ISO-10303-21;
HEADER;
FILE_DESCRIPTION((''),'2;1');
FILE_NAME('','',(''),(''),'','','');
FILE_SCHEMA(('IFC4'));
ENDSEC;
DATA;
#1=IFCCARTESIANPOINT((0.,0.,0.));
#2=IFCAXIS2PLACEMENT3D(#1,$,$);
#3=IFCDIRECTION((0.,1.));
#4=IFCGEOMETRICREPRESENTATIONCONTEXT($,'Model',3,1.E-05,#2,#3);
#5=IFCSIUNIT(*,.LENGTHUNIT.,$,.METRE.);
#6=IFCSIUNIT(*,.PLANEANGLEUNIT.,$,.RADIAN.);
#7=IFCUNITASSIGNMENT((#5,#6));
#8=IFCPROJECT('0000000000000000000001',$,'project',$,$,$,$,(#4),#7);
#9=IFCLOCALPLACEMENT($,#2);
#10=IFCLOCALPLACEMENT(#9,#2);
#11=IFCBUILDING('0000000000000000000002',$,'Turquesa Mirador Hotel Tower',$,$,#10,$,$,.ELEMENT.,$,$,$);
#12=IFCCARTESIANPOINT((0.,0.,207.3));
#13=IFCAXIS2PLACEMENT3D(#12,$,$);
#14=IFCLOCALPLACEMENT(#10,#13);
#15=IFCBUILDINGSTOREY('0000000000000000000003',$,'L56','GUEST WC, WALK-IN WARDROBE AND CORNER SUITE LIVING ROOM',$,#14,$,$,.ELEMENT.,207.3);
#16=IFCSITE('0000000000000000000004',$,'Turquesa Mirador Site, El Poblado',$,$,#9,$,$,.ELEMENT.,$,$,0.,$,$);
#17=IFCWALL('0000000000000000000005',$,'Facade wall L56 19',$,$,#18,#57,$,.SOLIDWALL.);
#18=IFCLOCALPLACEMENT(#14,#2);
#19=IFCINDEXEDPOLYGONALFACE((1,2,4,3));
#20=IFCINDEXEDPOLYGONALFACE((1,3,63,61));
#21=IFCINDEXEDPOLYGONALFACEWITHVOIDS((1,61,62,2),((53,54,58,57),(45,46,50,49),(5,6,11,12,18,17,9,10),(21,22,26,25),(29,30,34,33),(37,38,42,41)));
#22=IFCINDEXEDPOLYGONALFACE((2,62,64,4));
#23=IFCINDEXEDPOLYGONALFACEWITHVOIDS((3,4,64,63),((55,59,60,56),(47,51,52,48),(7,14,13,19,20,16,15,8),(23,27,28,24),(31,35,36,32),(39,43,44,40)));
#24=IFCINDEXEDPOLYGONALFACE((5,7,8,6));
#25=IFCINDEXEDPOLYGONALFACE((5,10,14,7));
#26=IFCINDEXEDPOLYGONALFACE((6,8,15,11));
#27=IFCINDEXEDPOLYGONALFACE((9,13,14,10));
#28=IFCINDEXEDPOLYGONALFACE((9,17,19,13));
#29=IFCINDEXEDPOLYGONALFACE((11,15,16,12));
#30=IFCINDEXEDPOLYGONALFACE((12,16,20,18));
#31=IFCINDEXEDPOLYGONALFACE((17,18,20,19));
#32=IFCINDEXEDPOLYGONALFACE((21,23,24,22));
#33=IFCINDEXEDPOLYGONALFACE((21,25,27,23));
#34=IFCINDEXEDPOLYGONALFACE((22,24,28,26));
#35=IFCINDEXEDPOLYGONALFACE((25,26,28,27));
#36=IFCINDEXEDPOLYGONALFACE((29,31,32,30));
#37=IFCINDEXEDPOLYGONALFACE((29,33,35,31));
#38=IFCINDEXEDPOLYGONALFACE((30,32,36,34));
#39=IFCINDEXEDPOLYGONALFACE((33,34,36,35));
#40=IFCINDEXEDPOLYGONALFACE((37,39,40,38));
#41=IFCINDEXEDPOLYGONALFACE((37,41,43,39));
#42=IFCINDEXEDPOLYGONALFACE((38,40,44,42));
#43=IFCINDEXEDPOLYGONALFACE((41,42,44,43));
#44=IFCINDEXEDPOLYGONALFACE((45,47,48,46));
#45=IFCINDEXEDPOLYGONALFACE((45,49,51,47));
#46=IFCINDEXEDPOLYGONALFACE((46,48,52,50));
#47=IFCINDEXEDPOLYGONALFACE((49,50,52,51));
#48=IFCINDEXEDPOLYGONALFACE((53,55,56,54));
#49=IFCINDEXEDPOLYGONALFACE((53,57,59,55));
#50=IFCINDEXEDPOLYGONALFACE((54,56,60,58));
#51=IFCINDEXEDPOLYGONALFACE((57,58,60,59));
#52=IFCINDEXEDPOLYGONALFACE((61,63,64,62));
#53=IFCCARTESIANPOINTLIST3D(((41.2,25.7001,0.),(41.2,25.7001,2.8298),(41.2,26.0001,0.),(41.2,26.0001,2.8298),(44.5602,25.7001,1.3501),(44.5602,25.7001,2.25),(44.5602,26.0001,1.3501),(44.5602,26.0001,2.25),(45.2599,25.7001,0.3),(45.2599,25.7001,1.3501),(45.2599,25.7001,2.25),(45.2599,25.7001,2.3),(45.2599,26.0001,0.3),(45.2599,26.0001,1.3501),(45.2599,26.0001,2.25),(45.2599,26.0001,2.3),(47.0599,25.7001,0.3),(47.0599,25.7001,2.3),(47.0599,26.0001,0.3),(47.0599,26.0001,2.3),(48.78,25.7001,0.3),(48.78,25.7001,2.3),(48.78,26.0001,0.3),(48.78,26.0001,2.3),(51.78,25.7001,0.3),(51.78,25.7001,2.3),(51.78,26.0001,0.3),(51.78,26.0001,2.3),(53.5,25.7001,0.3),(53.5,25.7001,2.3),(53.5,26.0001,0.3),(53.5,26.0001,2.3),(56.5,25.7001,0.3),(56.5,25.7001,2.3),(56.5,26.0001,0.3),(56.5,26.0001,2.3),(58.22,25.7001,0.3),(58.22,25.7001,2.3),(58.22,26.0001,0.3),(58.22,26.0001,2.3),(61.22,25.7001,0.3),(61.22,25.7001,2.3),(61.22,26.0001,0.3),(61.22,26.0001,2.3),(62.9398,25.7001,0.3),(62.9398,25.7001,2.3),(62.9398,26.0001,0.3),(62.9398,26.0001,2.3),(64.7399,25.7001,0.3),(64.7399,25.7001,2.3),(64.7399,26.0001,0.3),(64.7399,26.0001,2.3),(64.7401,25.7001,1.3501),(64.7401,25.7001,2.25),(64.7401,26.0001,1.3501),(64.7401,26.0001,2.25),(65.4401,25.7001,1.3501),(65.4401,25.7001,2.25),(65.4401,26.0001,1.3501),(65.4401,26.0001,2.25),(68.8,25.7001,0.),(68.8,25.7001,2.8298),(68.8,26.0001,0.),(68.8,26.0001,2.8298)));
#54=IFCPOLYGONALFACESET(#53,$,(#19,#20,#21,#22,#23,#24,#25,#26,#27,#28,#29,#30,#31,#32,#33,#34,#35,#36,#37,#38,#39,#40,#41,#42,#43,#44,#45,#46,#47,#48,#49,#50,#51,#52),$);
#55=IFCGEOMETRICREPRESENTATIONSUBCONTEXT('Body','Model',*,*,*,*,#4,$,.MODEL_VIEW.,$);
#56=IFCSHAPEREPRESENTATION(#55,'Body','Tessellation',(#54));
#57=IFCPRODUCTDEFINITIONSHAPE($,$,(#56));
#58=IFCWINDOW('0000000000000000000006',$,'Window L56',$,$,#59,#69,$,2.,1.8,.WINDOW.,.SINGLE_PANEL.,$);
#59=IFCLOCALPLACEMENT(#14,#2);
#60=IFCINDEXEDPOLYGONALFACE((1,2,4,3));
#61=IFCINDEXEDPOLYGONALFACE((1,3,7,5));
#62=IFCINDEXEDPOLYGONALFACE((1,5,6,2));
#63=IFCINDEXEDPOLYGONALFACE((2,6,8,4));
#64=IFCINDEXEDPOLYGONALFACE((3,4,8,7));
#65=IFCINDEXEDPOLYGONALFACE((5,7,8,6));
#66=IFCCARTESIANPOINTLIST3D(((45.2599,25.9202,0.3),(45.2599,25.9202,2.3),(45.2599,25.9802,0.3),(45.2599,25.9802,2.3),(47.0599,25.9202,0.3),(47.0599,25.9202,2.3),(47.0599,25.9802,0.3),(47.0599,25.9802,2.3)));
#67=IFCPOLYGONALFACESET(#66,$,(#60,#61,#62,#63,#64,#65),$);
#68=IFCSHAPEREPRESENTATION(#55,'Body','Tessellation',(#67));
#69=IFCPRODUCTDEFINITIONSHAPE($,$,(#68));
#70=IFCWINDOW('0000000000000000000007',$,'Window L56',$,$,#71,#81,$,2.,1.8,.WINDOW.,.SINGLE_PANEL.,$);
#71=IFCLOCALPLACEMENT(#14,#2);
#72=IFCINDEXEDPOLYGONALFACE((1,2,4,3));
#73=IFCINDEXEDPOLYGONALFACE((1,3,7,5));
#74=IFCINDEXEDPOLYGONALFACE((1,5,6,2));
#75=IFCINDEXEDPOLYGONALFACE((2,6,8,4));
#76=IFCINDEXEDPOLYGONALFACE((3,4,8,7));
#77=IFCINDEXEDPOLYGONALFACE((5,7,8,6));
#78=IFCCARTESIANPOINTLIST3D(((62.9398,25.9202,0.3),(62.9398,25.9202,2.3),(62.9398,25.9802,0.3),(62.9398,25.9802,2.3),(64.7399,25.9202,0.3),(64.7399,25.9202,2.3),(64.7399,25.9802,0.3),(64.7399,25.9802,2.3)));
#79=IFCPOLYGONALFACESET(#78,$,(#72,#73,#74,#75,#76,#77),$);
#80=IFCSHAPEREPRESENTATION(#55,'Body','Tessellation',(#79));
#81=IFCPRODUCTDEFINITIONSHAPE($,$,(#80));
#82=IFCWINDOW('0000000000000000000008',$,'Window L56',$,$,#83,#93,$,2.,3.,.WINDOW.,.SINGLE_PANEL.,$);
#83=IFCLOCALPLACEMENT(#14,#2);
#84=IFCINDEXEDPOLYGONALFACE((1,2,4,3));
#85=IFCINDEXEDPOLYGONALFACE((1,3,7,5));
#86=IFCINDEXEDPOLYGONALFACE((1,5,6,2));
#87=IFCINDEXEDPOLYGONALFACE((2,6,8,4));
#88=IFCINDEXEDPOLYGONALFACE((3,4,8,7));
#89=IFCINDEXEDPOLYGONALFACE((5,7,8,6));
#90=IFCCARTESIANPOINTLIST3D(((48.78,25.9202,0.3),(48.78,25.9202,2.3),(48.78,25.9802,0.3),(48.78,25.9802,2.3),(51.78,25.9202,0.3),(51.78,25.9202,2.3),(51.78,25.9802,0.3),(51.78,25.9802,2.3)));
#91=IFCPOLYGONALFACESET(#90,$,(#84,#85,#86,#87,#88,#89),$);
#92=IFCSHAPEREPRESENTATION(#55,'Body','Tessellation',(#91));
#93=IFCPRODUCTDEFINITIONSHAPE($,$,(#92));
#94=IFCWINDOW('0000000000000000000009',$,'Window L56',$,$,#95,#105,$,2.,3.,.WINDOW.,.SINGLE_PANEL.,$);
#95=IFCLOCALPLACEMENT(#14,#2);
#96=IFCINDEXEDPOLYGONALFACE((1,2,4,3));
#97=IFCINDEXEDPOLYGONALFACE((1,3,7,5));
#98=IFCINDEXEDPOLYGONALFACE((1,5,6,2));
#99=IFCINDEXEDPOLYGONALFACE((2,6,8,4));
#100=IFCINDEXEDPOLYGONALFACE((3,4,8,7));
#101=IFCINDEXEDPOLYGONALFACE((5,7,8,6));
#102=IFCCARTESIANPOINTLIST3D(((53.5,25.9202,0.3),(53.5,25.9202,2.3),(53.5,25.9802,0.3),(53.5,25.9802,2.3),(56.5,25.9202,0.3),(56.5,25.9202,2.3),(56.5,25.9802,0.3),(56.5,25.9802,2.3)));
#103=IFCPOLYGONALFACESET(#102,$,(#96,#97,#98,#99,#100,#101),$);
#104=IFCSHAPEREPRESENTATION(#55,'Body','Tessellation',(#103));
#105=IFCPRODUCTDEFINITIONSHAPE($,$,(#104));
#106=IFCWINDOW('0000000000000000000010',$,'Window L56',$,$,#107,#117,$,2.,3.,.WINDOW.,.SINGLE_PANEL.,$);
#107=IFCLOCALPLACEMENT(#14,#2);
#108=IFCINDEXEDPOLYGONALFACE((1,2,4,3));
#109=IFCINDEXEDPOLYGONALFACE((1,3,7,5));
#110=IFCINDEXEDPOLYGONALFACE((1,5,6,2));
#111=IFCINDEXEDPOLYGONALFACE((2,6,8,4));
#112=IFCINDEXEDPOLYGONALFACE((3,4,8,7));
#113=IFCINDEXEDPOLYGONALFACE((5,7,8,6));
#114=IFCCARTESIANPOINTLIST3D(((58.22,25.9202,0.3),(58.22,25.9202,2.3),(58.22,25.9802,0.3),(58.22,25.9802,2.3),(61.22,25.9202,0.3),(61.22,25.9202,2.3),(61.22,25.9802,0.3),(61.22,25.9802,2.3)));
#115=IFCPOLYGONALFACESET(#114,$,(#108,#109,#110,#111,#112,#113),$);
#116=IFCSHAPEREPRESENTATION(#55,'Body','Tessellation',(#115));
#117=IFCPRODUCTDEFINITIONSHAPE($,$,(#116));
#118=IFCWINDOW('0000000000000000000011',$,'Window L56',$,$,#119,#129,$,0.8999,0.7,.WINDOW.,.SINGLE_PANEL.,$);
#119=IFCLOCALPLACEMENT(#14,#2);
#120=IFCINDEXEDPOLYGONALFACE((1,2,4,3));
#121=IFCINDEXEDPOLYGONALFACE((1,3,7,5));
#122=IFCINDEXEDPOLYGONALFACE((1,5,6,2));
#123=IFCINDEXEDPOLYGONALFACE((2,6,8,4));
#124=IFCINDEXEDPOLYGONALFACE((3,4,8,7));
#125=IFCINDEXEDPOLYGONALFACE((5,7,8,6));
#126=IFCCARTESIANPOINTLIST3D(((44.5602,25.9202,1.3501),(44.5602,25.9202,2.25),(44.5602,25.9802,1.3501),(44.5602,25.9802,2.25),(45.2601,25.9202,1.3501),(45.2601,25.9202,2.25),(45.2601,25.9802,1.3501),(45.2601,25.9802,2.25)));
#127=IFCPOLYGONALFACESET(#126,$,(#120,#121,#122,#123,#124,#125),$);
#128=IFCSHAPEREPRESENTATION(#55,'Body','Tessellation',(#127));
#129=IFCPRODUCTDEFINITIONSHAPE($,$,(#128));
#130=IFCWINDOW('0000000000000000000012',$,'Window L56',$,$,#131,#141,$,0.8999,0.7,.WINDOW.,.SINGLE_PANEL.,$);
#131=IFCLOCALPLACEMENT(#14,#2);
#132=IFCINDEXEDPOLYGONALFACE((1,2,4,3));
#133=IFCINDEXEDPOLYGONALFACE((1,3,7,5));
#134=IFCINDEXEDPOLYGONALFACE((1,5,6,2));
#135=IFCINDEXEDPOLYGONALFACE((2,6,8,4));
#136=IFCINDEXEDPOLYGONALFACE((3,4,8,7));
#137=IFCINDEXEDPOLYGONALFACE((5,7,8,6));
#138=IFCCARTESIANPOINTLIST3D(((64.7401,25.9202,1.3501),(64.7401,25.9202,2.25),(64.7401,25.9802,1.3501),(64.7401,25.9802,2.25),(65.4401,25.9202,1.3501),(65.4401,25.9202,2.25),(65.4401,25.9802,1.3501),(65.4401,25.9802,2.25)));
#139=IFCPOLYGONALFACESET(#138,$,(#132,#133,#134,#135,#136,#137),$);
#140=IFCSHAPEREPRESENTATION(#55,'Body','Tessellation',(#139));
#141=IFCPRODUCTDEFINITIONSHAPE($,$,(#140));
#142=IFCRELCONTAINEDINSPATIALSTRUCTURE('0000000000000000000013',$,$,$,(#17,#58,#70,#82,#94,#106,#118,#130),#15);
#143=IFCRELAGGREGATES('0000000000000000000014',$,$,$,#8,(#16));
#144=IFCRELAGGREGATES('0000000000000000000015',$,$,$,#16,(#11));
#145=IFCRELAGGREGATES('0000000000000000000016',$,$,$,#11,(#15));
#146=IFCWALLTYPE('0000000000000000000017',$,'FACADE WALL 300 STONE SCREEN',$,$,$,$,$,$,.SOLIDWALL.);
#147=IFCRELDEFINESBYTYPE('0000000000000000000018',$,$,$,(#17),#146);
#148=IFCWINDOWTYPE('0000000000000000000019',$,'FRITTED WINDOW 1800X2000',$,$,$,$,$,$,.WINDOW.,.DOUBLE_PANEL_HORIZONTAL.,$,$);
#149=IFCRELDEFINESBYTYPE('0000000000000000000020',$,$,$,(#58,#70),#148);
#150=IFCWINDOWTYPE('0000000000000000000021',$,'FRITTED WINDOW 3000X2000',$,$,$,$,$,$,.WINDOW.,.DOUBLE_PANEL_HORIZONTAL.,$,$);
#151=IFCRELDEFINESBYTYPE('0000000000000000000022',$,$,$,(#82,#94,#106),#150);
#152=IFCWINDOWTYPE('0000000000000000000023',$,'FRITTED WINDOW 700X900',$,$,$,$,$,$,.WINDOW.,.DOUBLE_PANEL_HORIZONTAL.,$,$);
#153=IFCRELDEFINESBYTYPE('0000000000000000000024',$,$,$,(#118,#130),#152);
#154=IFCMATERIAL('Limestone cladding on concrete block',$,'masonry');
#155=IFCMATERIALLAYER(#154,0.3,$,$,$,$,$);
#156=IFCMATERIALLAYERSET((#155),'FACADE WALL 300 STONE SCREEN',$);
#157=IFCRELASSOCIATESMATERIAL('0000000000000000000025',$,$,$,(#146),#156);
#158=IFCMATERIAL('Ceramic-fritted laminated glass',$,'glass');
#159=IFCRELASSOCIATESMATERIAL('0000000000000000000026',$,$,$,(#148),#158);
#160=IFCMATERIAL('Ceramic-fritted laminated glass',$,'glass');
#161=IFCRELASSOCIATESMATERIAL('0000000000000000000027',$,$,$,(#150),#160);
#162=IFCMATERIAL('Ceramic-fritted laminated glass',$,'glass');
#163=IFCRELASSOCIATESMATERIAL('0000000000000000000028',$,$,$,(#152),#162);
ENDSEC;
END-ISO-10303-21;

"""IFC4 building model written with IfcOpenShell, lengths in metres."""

from ifc_helpers import new_model, si_unit, direction, frame, frame_2d, origin, place, context, subcontext, project, spatial, rectangle, extrude, material, layer, layer_set, type_object, element, fill, save


model = new_model("IFC4")

# Units and contexts
model_context = context("Model", 3, precision=1e-05, world=origin(), true_north=direction((0.0, 1.0)))
body_context = subcontext(model_context, "Body", "Model", "MODEL_VIEW")
ifc_project = project(units=[si_unit("LENGTHUNIT", "METRE"), si_unit("PLANEANGLEUNIT", "RADIAN")], contexts=[model_context])

# Site, building, storey
site_placement = place(None, origin())
site = spatial("IfcSite", under=ifc_project, at=site_placement, Name="Turquesa Mirador Site, El Poblado", CompositionType="ELEMENT", RefElevation=0.0)
building_placement = place(site_placement, origin())
building = spatial("IfcBuilding", under=site, at=building_placement, Name="Turquesa Mirador Hotel Tower", CompositionType="ELEMENT")
storey_placement = place(building_placement, frame((0.0, 0.0, 207.3)))
storey = spatial("IfcBuildingStorey", under=building, at=storey_placement, Name="L56", Description="GUEST WC, WALK-IN WARDROBE AND CORNER SUITE LIVING ROOM", CompositionType="ELEMENT", Elevation=207.3)

# Shared definitions
ifc_material_1 = material(Name="Limestone cladding on concrete block", Category="masonry")
ifc_layer_1 = layer(ifc_material_1, 0.3)
ifc_layer_set_1 = layer_set([ifc_layer_1], Name="FACADE WALL 300 STONE SCREEN")
wall_type_1 = type_object("IfcWallType", Name="FACADE WALL 300 STONE SCREEN", PredefinedType="SOLIDWALL", material=ifc_layer_set_1)

# Wall, openings, windows
wall_1_placement = place(storey_placement, frame((41.2, 25.8501, 0.0), z_axis=(0.0, 0.0, 1.0), x_axis=(1.0, 0.0, 0.0)))
wall_1 = element("IfcWall", 1, at=wall_1_placement, inside=storey, type_object=wall_type_1, Name="Facade wall L56 19", PredefinedType="SOLIDWALL", context=body_context, shape_type="SweptSolid", body=[
    extrude(rectangle(XDim=27.6001, YDim=0.3, at=frame_2d((13.8, 0.0))), origin(), (0.0, 0.0, 1.0), 2.8298),
])
opening_1_placement = place(wall_1_placement, frame((4.0601, 0.0, 0.3)))
opening_1 = element("IfcOpeningElement", 2, at=opening_1_placement, cuts=wall_1, PredefinedType="OPENING", context=body_context, shape_type="SweptSolid", body=[
    extrude(rectangle(XDim=1.8, YDim=2.0, at=frame_2d((0.8999, 1.0))), frame((0.0, 0.1599, 0.0), z_axis=(0.0, -1.0, 0.0), x_axis=(1.0, 0.0, 0.0)), (0.0, 0.0, 1.0), 0.3201),
])
opening_2_placement = place(wall_1_placement, frame((7.5801, 0.0, 0.3)))
opening_2 = element("IfcOpeningElement", 3, at=opening_2_placement, cuts=wall_1, PredefinedType="OPENING", context=body_context, shape_type="SweptSolid", body=[
    extrude(rectangle(XDim=3.0, YDim=2.0, at=frame_2d((1.5, 1.0))), frame((0.0, 0.1599, 0.0), z_axis=(0.0, -1.0, 0.0), x_axis=(1.0, 0.0, 0.0)), (0.0, 0.0, 1.0), 0.3201),
])
opening_3_placement = place(wall_1_placement, frame((12.3, 0.0, 0.3)))
opening_3 = element("IfcOpeningElement", 4, at=opening_3_placement, cuts=wall_1, PredefinedType="OPENING", context=body_context, shape_type="SweptSolid", body=[
    extrude(rectangle(XDim=3.0, YDim=2.0, at=frame_2d((1.5, 1.0))), frame((0.0, 0.1599, 0.0), z_axis=(0.0, -1.0, 0.0), x_axis=(1.0, 0.0, 0.0)), (0.0, 0.0, 1.0), 0.3201),
])
opening_4_placement = place(wall_1_placement, frame((17.02, 0.0, 0.3)))
opening_4 = element("IfcOpeningElement", 5, at=opening_4_placement, cuts=wall_1, PredefinedType="OPENING", context=body_context, shape_type="SweptSolid", body=[
    extrude(rectangle(XDim=3.0, YDim=2.0, at=frame_2d((1.5, 1.0))), frame((0.0, 0.1599, 0.0), z_axis=(0.0, -1.0, 0.0), x_axis=(1.0, 0.0, 0.0)), (0.0, 0.0, 1.0), 0.3201),
])
opening_5_placement = place(wall_1_placement, frame((21.74, 0.0, 0.3)))
opening_5 = element("IfcOpeningElement", 6, at=opening_5_placement, cuts=wall_1, PredefinedType="OPENING", context=body_context, shape_type="SweptSolid", body=[
    extrude(rectangle(XDim=1.8, YDim=2.0, at=frame_2d((0.8999, 1.0))), frame((0.0, 0.1599, 0.0), z_axis=(0.0, -1.0, 0.0), x_axis=(1.0, 0.0, 0.0)), (0.0, 0.0, 1.0), 0.3201),
])
opening_6_placement = place(wall_1_placement, frame((3.3601, 0.0, 1.3501)))
opening_6 = element("IfcOpeningElement", 7, at=opening_6_placement, cuts=wall_1, PredefinedType="OPENING", context=body_context, shape_type="SweptSolid", body=[
    extrude(rectangle(XDim=0.7, YDim=0.8999, at=frame_2d((0.3501, 0.45))), frame((0.0, 0.1599, 0.0), z_axis=(0.0, -1.0, 0.0), x_axis=(1.0, 0.0, 0.0)), (0.0, 0.0, 1.0), 0.3201),
])
opening_7_placement = place(wall_1_placement, frame((23.54, 0.0, 1.3501)))
opening_7 = element("IfcOpeningElement", 8, at=opening_7_placement, cuts=wall_1, PredefinedType="OPENING", context=body_context, shape_type="SweptSolid", body=[
    extrude(rectangle(XDim=0.7, YDim=0.8999, at=frame_2d((0.3501, 0.45))), frame((0.0, 0.1599, 0.0), z_axis=(0.0, -1.0, 0.0), x_axis=(1.0, 0.0, 0.0)), (0.0, 0.0, 1.0), 0.3201),
])
ifc_material_2 = material(Name="Ceramic-fritted laminated glass", Category="glass")
window_type_1 = type_object("IfcWindowType", Name="FRITTED WINDOW 1800X2000", PartitioningType="DOUBLE_PANEL_HORIZONTAL", PredefinedType="WINDOW", material=ifc_material_2)
window_1_placement = place(opening_1_placement, origin())
window_1 = element("IfcWindow", 9, at=window_1_placement, inside=storey, type_object=window_type_1, Name="Window L56", OverallHeight=2.0, OverallWidth=1.8, PartitioningType="SINGLE_PANEL", PredefinedType="WINDOW", context=body_context, shape_type="SweptSolid", body=[
    extrude(rectangle(XDim=1.8, YDim=2.0, at=frame_2d((0.8999, 1.0))), frame((0.0, 0.1301, 0.0), z_axis=(0.0, -1.0, 0.0), x_axis=(1.0, 0.0, 0.0)), (0.0, 0.0, 1.0), 0.0601),
])
fill(opening_1, window_1)
window_2_placement = place(opening_5_placement, origin())
window_2 = element("IfcWindow", 10, at=window_2_placement, inside=storey, type_object=window_type_1, Name="Window L56", OverallHeight=2.0, OverallWidth=1.8, PartitioningType="SINGLE_PANEL", PredefinedType="WINDOW", context=body_context, shape_type="SweptSolid", body=[
    extrude(rectangle(XDim=1.8, YDim=2.0, at=frame_2d((0.8999, 1.0))), frame((0.0, 0.1301, 0.0), z_axis=(0.0, -1.0, 0.0), x_axis=(1.0, 0.0, 0.0)), (0.0, 0.0, 1.0), 0.0601),
])
fill(opening_5, window_2)
ifc_material_3 = material(Name="Ceramic-fritted laminated glass", Category="glass")
window_type_2 = type_object("IfcWindowType", Name="FRITTED WINDOW 3000X2000", PartitioningType="DOUBLE_PANEL_HORIZONTAL", PredefinedType="WINDOW", material=ifc_material_3)
window_3_placement = place(opening_2_placement, origin())
window_3 = element("IfcWindow", 11, at=window_3_placement, inside=storey, type_object=window_type_2, Name="Window L56", OverallHeight=2.0, OverallWidth=3.0, PartitioningType="SINGLE_PANEL", PredefinedType="WINDOW", context=body_context, shape_type="SweptSolid", body=[
    extrude(rectangle(XDim=3.0, YDim=2.0, at=frame_2d((1.5, 1.0))), frame((0.0, 0.1301, 0.0), z_axis=(0.0, -1.0, 0.0), x_axis=(1.0, 0.0, 0.0)), (0.0, 0.0, 1.0), 0.0601),
])
fill(opening_2, window_3)
window_4_placement = place(opening_3_placement, origin())
window_4 = element("IfcWindow", 12, at=window_4_placement, inside=storey, type_object=window_type_2, Name="Window L56", OverallHeight=2.0, OverallWidth=3.0, PartitioningType="SINGLE_PANEL", PredefinedType="WINDOW", context=body_context, shape_type="SweptSolid", body=[
    extrude(rectangle(XDim=3.0, YDim=2.0, at=frame_2d((1.5, 1.0))), frame((0.0, 0.1301, 0.0), z_axis=(0.0, -1.0, 0.0), x_axis=(1.0, 0.0, 0.0)), (0.0, 0.0, 1.0), 0.0601),
])
fill(opening_3, window_4)
window_5_placement = place(opening_4_placement, origin())
window_5 = element("IfcWindow", 13, at=window_5_placement, inside=storey, type_object=window_type_2, Name="Window L56", OverallHeight=2.0, OverallWidth=3.0, PartitioningType="SINGLE_PANEL", PredefinedType="WINDOW", context=body_context, shape_type="SweptSolid", body=[
    extrude(rectangle(XDim=3.0, YDim=2.0, at=frame_2d((1.5, 1.0))), frame((0.0, 0.1301, 0.0), z_axis=(0.0, -1.0, 0.0), x_axis=(1.0, 0.0, 0.0)), (0.0, 0.0, 1.0), 0.0601),
])
fill(opening_4, window_5)
ifc_material_4 = material(Name="Ceramic-fritted laminated glass", Category="glass")
window_type_3 = type_object("IfcWindowType", Name="FRITTED WINDOW 700X900", PartitioningType="DOUBLE_PANEL_HORIZONTAL", PredefinedType="WINDOW", material=ifc_material_4)
window_6_placement = place(opening_6_placement, origin())
window_6 = element("IfcWindow", 14, at=window_6_placement, inside=storey, type_object=window_type_3, Name="Window L56", OverallHeight=0.8999, OverallWidth=0.7, PartitioningType="SINGLE_PANEL", PredefinedType="WINDOW", context=body_context, shape_type="SweptSolid", body=[
    extrude(rectangle(XDim=0.7, YDim=0.8999, at=frame_2d((0.3501, 0.45))), frame((0.0, 0.1301, 0.0), z_axis=(0.0, -1.0, 0.0), x_axis=(1.0, 0.0, 0.0)), (0.0, 0.0, 1.0), 0.0601),
])
fill(opening_6, window_6)
window_7_placement = place(opening_7_placement, origin())
window_7 = element("IfcWindow", 15, at=window_7_placement, inside=storey, type_object=window_type_3, Name="Window L56", OverallHeight=0.8999, OverallWidth=0.7, PartitioningType="SINGLE_PANEL", PredefinedType="WINDOW", context=body_context, shape_type="SweptSolid", body=[
    extrude(rectangle(XDim=0.7, YDim=0.8999, at=frame_2d((0.3501, 0.45))), frame((0.0, 0.1301, 0.0), z_axis=(0.0, -1.0, 0.0), x_axis=(1.0, 0.0, 0.0)), (0.0, 0.0, 1.0), 0.0601),
])
fill(opening_7, window_7)

save(model, "model.ifc")
